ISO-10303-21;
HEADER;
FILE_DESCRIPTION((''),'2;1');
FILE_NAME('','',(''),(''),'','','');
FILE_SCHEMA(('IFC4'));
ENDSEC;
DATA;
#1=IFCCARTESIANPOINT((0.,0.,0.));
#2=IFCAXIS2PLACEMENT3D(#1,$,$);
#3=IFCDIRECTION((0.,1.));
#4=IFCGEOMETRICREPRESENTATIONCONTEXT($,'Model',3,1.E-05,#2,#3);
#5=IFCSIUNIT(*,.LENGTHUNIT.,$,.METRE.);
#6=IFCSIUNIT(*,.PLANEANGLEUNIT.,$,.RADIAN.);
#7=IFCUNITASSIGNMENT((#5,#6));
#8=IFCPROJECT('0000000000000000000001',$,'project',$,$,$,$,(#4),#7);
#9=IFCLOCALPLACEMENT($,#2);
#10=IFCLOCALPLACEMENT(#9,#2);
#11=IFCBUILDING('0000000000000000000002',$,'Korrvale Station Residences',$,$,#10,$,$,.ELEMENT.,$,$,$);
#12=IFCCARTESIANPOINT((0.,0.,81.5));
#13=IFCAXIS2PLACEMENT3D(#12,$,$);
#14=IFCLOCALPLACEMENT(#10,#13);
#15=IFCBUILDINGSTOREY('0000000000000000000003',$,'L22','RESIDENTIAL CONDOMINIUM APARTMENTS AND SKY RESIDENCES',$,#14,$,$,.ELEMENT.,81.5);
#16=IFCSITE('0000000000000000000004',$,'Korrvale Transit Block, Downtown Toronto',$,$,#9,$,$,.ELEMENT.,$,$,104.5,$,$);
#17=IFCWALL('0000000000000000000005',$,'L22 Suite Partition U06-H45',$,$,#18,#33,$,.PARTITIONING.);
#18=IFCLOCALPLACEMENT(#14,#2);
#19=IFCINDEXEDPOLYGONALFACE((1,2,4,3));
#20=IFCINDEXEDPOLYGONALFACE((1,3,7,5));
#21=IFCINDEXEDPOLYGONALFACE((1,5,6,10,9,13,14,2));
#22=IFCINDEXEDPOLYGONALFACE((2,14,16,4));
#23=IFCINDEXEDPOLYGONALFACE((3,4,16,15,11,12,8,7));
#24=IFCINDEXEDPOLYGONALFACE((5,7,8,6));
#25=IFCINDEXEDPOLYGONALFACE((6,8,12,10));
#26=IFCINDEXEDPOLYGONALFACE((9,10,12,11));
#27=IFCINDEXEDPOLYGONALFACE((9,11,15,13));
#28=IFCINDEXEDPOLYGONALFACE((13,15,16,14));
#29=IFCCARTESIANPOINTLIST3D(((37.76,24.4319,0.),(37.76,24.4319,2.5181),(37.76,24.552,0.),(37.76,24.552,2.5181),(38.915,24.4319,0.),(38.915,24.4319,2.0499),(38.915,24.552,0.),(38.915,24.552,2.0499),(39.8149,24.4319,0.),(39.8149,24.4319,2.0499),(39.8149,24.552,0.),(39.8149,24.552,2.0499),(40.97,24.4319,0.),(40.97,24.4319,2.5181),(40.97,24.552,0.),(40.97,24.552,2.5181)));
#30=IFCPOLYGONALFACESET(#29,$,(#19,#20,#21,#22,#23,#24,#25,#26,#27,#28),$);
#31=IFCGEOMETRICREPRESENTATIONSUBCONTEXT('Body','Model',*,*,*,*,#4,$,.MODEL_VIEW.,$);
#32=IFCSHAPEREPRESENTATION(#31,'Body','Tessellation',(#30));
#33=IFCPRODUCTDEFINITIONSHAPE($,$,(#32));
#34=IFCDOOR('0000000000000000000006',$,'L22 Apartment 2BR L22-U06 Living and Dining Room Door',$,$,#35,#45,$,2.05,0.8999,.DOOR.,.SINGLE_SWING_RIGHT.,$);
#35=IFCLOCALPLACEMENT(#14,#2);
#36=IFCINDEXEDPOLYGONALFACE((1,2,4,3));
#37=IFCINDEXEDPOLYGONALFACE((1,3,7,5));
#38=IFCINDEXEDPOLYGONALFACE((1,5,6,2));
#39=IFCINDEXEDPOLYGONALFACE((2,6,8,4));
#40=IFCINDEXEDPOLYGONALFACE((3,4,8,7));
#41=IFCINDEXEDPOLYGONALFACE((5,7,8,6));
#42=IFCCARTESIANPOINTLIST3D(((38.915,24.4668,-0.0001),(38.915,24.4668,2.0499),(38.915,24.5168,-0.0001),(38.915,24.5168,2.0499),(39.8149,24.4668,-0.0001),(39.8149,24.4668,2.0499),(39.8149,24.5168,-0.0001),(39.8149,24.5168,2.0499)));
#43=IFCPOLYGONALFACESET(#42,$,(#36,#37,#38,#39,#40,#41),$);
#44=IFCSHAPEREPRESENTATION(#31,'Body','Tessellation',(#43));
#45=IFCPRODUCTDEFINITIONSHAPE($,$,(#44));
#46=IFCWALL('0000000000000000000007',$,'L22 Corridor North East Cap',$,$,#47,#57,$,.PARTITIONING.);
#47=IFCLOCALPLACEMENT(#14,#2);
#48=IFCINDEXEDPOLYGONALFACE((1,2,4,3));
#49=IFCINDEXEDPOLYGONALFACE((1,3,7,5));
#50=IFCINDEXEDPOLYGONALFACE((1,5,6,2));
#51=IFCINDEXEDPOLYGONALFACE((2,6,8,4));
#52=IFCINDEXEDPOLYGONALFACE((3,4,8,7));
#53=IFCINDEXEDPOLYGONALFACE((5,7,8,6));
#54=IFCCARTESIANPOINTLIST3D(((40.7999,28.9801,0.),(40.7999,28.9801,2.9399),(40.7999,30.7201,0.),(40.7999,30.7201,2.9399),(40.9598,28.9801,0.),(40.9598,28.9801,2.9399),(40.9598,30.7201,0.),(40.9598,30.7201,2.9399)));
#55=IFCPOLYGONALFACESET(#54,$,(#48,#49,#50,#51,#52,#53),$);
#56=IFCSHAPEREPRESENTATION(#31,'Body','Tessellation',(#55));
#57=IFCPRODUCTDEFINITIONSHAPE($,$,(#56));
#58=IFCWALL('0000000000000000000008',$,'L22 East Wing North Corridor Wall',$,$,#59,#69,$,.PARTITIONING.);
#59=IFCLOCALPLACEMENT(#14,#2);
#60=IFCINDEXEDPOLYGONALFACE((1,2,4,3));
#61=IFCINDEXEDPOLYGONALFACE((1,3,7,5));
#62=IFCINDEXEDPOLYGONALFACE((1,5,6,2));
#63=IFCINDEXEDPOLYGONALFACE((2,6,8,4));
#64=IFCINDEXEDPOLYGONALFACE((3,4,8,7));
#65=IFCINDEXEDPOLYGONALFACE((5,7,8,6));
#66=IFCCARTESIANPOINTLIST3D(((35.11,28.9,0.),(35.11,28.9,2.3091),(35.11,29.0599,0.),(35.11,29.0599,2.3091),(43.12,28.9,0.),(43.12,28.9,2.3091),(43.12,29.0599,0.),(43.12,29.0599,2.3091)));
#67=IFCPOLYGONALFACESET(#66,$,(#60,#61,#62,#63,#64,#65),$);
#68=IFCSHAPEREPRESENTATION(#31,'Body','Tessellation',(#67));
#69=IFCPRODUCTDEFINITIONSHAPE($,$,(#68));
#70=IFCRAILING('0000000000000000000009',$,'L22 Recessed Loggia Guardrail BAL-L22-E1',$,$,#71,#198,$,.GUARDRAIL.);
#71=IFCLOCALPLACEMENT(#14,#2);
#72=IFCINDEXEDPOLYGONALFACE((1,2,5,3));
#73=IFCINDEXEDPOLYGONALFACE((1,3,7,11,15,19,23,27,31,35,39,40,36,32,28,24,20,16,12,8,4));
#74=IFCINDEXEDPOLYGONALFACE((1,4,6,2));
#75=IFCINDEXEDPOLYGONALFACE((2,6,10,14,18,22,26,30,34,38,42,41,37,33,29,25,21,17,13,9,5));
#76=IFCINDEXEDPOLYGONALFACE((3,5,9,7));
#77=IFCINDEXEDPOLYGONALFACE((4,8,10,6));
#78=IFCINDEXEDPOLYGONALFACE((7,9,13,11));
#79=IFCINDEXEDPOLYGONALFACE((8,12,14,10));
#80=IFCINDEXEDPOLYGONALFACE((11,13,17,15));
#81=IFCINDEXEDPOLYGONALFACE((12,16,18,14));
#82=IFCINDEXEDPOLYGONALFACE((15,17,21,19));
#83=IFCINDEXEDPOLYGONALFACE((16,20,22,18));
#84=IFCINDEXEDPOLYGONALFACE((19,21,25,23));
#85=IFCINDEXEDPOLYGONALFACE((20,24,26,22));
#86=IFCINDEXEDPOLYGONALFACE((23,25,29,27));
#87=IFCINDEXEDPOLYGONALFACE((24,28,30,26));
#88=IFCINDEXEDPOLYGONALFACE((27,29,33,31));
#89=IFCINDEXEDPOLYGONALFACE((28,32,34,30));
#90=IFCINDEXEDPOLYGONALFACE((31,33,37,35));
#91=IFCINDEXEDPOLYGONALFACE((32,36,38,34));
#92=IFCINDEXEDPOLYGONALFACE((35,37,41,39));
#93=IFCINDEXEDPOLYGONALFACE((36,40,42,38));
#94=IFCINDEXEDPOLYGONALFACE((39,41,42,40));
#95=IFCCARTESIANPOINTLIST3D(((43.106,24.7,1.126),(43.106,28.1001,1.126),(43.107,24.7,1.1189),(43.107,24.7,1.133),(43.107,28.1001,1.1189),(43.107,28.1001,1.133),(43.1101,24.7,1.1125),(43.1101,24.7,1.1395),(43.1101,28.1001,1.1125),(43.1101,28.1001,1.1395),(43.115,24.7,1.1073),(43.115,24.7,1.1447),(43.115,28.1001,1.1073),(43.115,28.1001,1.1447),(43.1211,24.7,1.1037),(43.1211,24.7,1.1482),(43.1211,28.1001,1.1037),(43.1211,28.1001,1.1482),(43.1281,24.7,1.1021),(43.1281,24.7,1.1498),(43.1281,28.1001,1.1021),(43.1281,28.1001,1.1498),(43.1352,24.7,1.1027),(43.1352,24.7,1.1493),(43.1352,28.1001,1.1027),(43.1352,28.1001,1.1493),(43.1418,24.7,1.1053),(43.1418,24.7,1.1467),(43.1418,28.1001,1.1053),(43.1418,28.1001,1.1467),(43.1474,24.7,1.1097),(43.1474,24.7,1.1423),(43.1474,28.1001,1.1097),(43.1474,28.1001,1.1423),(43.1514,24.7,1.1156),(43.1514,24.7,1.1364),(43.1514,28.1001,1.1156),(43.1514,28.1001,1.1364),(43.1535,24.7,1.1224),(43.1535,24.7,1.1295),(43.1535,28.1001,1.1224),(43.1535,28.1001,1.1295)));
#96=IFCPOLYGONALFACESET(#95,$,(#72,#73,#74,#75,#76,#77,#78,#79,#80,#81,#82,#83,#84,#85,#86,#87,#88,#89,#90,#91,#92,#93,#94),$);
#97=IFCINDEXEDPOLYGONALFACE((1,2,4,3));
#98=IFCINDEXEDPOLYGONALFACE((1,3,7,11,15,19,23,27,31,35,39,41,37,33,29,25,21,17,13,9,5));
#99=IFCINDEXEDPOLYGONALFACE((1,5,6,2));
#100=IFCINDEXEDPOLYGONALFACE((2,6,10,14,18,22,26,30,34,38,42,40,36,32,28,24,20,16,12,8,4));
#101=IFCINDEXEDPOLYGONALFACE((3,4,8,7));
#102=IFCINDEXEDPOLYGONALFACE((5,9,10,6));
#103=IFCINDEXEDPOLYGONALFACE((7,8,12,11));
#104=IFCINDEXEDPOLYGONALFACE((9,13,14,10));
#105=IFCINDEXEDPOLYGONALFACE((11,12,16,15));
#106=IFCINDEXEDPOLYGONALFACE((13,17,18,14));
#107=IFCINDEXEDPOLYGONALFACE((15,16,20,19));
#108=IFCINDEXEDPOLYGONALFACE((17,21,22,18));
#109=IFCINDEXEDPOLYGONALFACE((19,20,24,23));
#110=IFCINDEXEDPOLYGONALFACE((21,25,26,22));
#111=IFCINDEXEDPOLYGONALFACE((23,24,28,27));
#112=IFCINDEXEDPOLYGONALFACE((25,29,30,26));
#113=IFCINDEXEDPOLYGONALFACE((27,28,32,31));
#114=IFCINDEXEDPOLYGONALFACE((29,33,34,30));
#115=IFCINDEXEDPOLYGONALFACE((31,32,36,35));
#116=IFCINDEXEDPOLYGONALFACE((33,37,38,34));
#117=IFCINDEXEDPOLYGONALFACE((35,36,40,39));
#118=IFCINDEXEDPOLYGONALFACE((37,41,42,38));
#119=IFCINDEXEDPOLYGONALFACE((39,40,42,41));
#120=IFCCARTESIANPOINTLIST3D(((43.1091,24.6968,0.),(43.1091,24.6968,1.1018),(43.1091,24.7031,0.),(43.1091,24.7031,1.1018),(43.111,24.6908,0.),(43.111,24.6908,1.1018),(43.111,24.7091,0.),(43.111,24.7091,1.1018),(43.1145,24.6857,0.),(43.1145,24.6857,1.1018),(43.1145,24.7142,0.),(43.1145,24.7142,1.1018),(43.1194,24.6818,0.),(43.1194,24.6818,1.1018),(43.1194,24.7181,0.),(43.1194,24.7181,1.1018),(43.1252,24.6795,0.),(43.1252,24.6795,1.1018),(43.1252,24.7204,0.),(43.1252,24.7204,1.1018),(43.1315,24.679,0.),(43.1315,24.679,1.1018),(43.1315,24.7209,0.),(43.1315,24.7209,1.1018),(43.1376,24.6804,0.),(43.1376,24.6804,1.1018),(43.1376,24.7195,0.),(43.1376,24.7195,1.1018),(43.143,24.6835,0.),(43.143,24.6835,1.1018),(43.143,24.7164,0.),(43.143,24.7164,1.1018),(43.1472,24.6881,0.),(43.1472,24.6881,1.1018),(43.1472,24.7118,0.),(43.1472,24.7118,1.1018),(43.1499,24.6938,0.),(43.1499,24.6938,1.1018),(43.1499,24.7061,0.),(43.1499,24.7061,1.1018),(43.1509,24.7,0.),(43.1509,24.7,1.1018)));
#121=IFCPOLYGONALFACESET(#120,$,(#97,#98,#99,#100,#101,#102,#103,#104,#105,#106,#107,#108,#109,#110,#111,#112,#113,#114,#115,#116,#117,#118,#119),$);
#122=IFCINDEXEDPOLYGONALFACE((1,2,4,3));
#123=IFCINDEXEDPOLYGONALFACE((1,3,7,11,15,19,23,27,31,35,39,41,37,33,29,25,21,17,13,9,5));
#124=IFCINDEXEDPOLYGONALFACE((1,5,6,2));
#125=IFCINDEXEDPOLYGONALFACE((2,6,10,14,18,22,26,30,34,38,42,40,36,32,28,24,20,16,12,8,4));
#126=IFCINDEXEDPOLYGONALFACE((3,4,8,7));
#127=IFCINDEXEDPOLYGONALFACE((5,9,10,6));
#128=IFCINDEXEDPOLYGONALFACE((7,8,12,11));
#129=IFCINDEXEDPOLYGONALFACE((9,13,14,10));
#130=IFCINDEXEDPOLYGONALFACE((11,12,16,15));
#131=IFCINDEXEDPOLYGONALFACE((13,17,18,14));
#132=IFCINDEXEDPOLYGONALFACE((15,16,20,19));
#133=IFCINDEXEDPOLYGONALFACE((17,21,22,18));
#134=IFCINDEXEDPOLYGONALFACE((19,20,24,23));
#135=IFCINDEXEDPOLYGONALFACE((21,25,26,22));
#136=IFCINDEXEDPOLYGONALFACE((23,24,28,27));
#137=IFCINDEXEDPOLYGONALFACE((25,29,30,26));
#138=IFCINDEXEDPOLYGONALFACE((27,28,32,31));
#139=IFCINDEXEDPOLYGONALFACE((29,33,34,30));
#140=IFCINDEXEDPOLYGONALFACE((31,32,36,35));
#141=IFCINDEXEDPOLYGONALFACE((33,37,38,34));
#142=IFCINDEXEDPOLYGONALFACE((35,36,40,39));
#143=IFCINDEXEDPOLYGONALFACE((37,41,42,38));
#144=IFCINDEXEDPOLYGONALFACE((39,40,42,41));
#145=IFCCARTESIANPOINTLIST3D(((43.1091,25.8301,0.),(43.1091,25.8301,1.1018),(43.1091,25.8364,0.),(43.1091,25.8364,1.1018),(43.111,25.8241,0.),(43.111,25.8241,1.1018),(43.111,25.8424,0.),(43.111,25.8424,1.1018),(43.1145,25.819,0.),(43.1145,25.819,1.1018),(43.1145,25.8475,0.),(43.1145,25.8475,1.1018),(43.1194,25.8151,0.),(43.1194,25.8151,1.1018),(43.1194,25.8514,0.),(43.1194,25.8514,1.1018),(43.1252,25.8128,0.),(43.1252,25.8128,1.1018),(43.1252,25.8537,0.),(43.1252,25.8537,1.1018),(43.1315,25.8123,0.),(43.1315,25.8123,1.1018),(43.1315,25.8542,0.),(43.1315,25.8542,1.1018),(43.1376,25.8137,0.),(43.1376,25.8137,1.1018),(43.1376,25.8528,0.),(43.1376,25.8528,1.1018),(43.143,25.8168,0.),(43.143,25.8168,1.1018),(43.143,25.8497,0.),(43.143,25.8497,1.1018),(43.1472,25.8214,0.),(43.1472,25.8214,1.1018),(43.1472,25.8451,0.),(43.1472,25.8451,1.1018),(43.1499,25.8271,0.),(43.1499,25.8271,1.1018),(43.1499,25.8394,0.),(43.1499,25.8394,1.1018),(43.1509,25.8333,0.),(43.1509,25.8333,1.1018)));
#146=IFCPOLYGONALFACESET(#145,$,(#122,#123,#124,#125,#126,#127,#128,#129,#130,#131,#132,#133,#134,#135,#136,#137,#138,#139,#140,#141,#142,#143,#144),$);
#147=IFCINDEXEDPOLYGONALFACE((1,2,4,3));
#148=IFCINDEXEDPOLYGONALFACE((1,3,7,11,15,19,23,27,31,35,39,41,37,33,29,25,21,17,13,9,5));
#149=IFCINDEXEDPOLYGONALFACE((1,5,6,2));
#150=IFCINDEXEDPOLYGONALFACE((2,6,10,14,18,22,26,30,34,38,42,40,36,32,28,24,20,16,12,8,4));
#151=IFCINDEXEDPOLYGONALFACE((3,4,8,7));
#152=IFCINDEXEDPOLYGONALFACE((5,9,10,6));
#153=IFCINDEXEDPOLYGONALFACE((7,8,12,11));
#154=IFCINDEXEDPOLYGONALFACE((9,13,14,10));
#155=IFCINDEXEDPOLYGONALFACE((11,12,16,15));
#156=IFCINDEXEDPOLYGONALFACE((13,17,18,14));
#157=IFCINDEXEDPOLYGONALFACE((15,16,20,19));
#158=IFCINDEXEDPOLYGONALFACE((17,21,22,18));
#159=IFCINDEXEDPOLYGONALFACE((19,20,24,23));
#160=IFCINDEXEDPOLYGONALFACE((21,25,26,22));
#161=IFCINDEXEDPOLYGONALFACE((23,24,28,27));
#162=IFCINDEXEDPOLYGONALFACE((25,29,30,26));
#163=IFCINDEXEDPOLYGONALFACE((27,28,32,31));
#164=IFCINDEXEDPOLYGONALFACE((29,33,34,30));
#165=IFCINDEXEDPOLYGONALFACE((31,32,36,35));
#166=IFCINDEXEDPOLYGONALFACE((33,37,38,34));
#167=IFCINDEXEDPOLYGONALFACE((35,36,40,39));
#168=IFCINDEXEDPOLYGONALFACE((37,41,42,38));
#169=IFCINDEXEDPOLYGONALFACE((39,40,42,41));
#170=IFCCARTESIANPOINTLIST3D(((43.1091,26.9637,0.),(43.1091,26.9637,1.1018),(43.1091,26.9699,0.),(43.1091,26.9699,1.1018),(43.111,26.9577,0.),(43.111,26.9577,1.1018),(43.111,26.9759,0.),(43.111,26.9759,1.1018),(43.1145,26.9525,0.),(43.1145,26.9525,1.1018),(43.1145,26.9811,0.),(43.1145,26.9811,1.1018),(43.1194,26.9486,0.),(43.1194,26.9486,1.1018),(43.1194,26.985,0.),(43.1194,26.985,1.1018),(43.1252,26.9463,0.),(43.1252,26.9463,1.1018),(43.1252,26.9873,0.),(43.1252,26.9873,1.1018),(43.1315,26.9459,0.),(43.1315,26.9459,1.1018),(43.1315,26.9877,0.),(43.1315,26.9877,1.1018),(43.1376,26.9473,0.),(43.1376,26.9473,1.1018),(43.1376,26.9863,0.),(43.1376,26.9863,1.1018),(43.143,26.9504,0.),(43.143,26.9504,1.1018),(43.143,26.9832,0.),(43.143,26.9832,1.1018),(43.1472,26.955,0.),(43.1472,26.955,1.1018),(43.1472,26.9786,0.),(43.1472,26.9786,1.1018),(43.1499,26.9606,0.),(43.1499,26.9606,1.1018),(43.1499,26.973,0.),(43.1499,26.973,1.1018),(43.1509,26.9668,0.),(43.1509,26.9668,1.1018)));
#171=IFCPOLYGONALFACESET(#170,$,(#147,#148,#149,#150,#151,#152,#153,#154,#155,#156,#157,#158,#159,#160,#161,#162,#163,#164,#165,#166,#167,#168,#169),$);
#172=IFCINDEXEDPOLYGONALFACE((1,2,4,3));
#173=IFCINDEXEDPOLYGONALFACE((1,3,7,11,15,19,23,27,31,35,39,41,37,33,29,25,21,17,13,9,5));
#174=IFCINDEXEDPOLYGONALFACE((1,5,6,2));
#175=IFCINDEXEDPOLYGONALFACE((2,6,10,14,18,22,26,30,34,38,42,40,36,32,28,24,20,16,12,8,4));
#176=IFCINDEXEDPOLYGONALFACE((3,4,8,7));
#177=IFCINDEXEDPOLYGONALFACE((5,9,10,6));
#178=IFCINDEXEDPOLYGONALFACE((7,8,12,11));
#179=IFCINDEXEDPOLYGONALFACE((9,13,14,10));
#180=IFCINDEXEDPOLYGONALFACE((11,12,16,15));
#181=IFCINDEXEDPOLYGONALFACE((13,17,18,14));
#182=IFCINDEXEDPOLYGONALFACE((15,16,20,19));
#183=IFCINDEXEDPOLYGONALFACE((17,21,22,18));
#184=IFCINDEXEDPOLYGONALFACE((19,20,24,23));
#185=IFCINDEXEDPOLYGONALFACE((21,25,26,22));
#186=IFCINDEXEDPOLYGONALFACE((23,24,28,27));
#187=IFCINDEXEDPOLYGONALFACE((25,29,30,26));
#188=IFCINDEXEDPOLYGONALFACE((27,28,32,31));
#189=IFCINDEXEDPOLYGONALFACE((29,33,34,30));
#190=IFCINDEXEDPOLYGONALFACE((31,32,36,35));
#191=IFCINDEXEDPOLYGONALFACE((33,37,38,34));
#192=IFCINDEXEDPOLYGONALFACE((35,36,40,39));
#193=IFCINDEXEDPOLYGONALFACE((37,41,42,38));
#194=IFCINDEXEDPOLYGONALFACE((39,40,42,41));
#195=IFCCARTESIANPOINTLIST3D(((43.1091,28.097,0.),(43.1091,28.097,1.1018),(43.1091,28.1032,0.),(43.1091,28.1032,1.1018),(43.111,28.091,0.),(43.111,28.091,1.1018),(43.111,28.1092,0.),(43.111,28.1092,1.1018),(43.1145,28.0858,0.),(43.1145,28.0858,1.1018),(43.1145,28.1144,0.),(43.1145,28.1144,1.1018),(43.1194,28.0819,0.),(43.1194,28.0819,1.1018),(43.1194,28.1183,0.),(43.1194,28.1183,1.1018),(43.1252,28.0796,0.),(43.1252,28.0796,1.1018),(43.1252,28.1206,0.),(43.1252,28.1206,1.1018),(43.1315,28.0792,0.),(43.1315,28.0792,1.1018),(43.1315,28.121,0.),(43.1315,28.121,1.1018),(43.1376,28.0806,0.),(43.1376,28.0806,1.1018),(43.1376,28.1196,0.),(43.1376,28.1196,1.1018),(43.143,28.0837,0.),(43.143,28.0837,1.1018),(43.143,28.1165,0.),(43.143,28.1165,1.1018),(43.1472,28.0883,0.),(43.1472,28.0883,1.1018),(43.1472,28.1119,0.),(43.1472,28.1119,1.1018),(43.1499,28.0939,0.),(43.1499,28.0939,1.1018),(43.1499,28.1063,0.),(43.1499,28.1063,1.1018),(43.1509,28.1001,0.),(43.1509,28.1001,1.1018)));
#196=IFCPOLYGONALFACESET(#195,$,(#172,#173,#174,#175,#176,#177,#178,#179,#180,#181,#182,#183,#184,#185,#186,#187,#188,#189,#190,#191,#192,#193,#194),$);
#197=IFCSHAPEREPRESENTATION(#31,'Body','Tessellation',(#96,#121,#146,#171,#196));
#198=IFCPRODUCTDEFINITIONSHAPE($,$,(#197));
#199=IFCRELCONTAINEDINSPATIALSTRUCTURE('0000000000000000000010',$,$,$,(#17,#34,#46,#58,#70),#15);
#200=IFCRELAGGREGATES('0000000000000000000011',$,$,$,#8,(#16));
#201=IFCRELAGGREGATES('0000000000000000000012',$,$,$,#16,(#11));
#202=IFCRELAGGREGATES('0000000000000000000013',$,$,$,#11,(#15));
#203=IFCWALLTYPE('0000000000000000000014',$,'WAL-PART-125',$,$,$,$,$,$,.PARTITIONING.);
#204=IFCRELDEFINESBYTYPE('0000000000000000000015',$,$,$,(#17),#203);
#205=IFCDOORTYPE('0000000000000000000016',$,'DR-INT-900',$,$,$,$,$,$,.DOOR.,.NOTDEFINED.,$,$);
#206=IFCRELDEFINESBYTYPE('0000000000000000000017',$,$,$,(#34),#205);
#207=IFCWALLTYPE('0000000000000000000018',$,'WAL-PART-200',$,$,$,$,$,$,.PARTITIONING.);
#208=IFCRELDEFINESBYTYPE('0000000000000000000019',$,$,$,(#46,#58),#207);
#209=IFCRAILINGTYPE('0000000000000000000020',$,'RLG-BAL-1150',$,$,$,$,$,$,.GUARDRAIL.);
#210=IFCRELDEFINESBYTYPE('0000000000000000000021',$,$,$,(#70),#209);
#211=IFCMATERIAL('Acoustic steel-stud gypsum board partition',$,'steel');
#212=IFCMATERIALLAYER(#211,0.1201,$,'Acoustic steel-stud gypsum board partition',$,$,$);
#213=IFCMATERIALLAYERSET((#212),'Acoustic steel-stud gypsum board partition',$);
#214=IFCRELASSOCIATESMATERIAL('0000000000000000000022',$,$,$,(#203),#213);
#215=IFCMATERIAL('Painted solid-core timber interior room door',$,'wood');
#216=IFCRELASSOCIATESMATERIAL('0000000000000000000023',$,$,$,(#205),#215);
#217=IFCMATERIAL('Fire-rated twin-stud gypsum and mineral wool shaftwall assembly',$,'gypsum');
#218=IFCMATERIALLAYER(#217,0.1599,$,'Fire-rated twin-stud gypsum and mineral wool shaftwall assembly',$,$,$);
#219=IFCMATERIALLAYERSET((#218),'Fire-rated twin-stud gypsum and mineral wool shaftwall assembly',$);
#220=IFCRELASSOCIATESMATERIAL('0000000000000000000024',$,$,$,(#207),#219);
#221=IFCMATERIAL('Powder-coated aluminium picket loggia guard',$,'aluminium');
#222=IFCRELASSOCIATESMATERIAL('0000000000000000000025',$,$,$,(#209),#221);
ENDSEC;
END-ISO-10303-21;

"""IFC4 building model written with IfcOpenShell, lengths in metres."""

from ifc_helpers import new_model, si_unit, direction, frame, frame_2d, origin, origin_2d, place, context, subcontext, project, spatial, rectangle, circle, extrude, material, layer, layer_set, type_object, element, fill, save


model = new_model("IFC4")

# Units and contexts
model_context = context("Model", 3, precision=1e-05, world=origin(), true_north=direction((0.0, 1.0)))
body_context = subcontext(model_context, "Body", "Model", "MODEL_VIEW")
ifc_project = project(units=[si_unit("LENGTHUNIT", "METRE"), si_unit("PLANEANGLEUNIT", "RADIAN")], contexts=[model_context])

# Site, building, storey
site_placement = place(None, origin())
site = spatial("IfcSite", under=ifc_project, at=site_placement, Name="Korrvale Transit Block, Downtown Toronto", CompositionType="ELEMENT", RefElevation=104.5)
building_placement = place(site_placement, origin())
building = spatial("IfcBuilding", under=site, at=building_placement, Name="Korrvale Station Residences", CompositionType="ELEMENT")
storey_placement = place(building_placement, frame((0.0, 0.0, 81.5)))
storey = spatial("IfcBuildingStorey", under=building, at=storey_placement, Name="L22", Description="RESIDENTIAL CONDOMINIUM APARTMENTS AND SKY RESIDENCES", CompositionType="ELEMENT", Elevation=81.5)

# Wall, opening, door
ifc_material_1 = material(Name="Acoustic steel-stud gypsum board partition", Category="steel")
ifc_layer_1 = layer(ifc_material_1, 0.1201, Name="Acoustic steel-stud gypsum board partition")
ifc_layer_set_1 = layer_set([ifc_layer_1], Name="Acoustic steel-stud gypsum board partition")
wall_type_1 = type_object("IfcWallType", Name="WAL-PART-125", PredefinedType="PARTITIONING", material=ifc_layer_set_1)
ifc_material_2 = material(Name="Painted solid-core timber interior room door", Category="wood")
door_type_1 = type_object("IfcDoorType", Name="DR-INT-900", OperationType="NOTDEFINED", PredefinedType="DOOR", material=ifc_material_2)
wall_1_placement = place(storey_placement, frame((37.76, 24.4919, 0.0), z_axis=(0.0, 0.0, 1.0), x_axis=(1.0, 0.0, 0.0)))
wall_1 = element("IfcWall", 1, at=wall_1_placement, inside=storey, type_object=wall_type_1, Name="L22 Suite Partition U06-H45", PredefinedType="PARTITIONING", context=body_context, shape_type="SweptSolid", body=[
    extrude(rectangle(XDim=3.21, YDim=0.1201, at=frame_2d((1.605, 0.0))), origin(), (0.0, 0.0, 1.0), 2.5181),
])
opening_1_placement = place(wall_1_placement, frame((1.155, 0.0, 0.0)))
opening_1 = element("IfcOpeningElement", 2, at=opening_1_placement, cuts=wall_1, PredefinedType="OPENING", context=body_context, shape_type="SweptSolid", body=[
    extrude(rectangle(XDim=0.8999, YDim=2.05, at=frame_2d((0.45, 1.0249))), frame((0.0, 0.0701, 0.0), z_axis=(0.0, -1.0, 0.0), x_axis=(1.0, 0.0, 0.0)), (0.0, 0.0, 1.0), 0.1401),
])
door_1_placement = place(opening_1_placement, origin())
door_1 = element("IfcDoor", 3, at=door_1_placement, inside=storey, type_object=door_type_1, Name="L22 Apartment 2BR L22-U06 Living and Dining Room Door", OperationType="SINGLE_SWING_RIGHT", OverallHeight=2.05, OverallWidth=0.8999, PredefinedType="DOOR", context=body_context, shape_type="SweptSolid", body=[
    extrude(rectangle(XDim=0.8999, YDim=2.05, at=frame_2d((0.45, 1.0249))), frame((0.0, 0.0249, 0.0), z_axis=(0.0, -1.0, 0.0), x_axis=(1.0, 0.0, 0.0)), (0.0, 0.0, 1.0), 0.05),
])
fill(opening_1, door_1)

# Walls
ifc_material_3 = material(Name="Fire-rated twin-stud gypsum and mineral wool shaftwall assembly", Category="gypsum")
ifc_layer_2 = layer(ifc_material_3, 0.1599, Name="Fire-rated twin-stud gypsum and mineral wool shaftwall assembly")
ifc_layer_set_2 = layer_set([ifc_layer_2], Name="Fire-rated twin-stud gypsum and mineral wool shaftwall assembly")
wall_type_2 = type_object("IfcWallType", Name="WAL-PART-200", PredefinedType="PARTITIONING", material=ifc_layer_set_2)
wall_2_placement = place(storey_placement, frame((40.8799, 28.98, 0.0), z_axis=(0.0, 0.0, 1.0), x_axis=(0.0, 1.0, 0.0)))
element("IfcWall", 4, at=wall_2_placement, inside=storey, type_object=wall_type_2, Name="L22 Corridor North East Cap", PredefinedType="PARTITIONING", context=body_context, shape_type="SweptSolid", body=[
    extrude(rectangle(XDim=1.74, YDim=0.1599, at=frame_2d((0.8701, 0.0))), origin(), (0.0, 0.0, 1.0), 2.9399),
])
wall_3_placement = place(storey_placement, frame((35.1101, 28.98, 0.0), z_axis=(0.0, 0.0, 1.0), x_axis=(1.0, 0.0, 0.0)))
element("IfcWall", 5, at=wall_3_placement, inside=storey, type_object=wall_type_2, Name="L22 East Wing North Corridor Wall", PredefinedType="PARTITIONING", context=body_context, shape_type="SweptSolid", body=[
    extrude(rectangle(XDim=8.01, YDim=0.1599, at=frame_2d((4.0049, 0.0))), origin(), (0.0, 0.0, 1.0), 2.3091),
])

# Railing
ifc_material_4 = material(Name="Powder-coated aluminium picket loggia guard", Category="aluminium")
railing_type = type_object("IfcRailingType", Name="RLG-BAL-1150", PredefinedType="GUARDRAIL", material=ifc_material_4)
railing_placement = place(storey_placement, frame((43.1299, 24.7, 0.0)))
element("IfcRailing", 6, at=railing_placement, inside=storey, type_object=railing_type, Name="L22 Recessed Loggia Guardrail BAL-L22-E1", PredefinedType="GUARDRAIL", context=body_context, shape_type="SweptSolid", body=[
    extrude(circle(Radius=0.0239, at=origin_2d()), frame((0.0, 0.0, 1.126), z_axis=(0.0, 1.0, 0.0), x_axis=(-1.0, 0.0, 0.0)), (0.0, 0.0, 1.0), 3.4001),
    extrude(circle(Radius=0.021, at=origin_2d()), origin(), (0.0, 0.0, 1.0), 1.1018),
    extrude(circle(Radius=0.021, at=origin_2d()), frame((0.0, 1.1333, 0.0)), (0.0, 0.0, 1.0), 1.1018),
    extrude(circle(Radius=0.021, at=origin_2d()), frame((0.0, 2.2668, 0.0)), (0.0, 0.0, 1.0), 1.1018),
    extrude(circle(Radius=0.021, at=origin_2d()), frame((0.0, 3.4001, 0.0)), (0.0, 0.0, 1.0), 1.1018),
])

save(model, "model.ifc")
